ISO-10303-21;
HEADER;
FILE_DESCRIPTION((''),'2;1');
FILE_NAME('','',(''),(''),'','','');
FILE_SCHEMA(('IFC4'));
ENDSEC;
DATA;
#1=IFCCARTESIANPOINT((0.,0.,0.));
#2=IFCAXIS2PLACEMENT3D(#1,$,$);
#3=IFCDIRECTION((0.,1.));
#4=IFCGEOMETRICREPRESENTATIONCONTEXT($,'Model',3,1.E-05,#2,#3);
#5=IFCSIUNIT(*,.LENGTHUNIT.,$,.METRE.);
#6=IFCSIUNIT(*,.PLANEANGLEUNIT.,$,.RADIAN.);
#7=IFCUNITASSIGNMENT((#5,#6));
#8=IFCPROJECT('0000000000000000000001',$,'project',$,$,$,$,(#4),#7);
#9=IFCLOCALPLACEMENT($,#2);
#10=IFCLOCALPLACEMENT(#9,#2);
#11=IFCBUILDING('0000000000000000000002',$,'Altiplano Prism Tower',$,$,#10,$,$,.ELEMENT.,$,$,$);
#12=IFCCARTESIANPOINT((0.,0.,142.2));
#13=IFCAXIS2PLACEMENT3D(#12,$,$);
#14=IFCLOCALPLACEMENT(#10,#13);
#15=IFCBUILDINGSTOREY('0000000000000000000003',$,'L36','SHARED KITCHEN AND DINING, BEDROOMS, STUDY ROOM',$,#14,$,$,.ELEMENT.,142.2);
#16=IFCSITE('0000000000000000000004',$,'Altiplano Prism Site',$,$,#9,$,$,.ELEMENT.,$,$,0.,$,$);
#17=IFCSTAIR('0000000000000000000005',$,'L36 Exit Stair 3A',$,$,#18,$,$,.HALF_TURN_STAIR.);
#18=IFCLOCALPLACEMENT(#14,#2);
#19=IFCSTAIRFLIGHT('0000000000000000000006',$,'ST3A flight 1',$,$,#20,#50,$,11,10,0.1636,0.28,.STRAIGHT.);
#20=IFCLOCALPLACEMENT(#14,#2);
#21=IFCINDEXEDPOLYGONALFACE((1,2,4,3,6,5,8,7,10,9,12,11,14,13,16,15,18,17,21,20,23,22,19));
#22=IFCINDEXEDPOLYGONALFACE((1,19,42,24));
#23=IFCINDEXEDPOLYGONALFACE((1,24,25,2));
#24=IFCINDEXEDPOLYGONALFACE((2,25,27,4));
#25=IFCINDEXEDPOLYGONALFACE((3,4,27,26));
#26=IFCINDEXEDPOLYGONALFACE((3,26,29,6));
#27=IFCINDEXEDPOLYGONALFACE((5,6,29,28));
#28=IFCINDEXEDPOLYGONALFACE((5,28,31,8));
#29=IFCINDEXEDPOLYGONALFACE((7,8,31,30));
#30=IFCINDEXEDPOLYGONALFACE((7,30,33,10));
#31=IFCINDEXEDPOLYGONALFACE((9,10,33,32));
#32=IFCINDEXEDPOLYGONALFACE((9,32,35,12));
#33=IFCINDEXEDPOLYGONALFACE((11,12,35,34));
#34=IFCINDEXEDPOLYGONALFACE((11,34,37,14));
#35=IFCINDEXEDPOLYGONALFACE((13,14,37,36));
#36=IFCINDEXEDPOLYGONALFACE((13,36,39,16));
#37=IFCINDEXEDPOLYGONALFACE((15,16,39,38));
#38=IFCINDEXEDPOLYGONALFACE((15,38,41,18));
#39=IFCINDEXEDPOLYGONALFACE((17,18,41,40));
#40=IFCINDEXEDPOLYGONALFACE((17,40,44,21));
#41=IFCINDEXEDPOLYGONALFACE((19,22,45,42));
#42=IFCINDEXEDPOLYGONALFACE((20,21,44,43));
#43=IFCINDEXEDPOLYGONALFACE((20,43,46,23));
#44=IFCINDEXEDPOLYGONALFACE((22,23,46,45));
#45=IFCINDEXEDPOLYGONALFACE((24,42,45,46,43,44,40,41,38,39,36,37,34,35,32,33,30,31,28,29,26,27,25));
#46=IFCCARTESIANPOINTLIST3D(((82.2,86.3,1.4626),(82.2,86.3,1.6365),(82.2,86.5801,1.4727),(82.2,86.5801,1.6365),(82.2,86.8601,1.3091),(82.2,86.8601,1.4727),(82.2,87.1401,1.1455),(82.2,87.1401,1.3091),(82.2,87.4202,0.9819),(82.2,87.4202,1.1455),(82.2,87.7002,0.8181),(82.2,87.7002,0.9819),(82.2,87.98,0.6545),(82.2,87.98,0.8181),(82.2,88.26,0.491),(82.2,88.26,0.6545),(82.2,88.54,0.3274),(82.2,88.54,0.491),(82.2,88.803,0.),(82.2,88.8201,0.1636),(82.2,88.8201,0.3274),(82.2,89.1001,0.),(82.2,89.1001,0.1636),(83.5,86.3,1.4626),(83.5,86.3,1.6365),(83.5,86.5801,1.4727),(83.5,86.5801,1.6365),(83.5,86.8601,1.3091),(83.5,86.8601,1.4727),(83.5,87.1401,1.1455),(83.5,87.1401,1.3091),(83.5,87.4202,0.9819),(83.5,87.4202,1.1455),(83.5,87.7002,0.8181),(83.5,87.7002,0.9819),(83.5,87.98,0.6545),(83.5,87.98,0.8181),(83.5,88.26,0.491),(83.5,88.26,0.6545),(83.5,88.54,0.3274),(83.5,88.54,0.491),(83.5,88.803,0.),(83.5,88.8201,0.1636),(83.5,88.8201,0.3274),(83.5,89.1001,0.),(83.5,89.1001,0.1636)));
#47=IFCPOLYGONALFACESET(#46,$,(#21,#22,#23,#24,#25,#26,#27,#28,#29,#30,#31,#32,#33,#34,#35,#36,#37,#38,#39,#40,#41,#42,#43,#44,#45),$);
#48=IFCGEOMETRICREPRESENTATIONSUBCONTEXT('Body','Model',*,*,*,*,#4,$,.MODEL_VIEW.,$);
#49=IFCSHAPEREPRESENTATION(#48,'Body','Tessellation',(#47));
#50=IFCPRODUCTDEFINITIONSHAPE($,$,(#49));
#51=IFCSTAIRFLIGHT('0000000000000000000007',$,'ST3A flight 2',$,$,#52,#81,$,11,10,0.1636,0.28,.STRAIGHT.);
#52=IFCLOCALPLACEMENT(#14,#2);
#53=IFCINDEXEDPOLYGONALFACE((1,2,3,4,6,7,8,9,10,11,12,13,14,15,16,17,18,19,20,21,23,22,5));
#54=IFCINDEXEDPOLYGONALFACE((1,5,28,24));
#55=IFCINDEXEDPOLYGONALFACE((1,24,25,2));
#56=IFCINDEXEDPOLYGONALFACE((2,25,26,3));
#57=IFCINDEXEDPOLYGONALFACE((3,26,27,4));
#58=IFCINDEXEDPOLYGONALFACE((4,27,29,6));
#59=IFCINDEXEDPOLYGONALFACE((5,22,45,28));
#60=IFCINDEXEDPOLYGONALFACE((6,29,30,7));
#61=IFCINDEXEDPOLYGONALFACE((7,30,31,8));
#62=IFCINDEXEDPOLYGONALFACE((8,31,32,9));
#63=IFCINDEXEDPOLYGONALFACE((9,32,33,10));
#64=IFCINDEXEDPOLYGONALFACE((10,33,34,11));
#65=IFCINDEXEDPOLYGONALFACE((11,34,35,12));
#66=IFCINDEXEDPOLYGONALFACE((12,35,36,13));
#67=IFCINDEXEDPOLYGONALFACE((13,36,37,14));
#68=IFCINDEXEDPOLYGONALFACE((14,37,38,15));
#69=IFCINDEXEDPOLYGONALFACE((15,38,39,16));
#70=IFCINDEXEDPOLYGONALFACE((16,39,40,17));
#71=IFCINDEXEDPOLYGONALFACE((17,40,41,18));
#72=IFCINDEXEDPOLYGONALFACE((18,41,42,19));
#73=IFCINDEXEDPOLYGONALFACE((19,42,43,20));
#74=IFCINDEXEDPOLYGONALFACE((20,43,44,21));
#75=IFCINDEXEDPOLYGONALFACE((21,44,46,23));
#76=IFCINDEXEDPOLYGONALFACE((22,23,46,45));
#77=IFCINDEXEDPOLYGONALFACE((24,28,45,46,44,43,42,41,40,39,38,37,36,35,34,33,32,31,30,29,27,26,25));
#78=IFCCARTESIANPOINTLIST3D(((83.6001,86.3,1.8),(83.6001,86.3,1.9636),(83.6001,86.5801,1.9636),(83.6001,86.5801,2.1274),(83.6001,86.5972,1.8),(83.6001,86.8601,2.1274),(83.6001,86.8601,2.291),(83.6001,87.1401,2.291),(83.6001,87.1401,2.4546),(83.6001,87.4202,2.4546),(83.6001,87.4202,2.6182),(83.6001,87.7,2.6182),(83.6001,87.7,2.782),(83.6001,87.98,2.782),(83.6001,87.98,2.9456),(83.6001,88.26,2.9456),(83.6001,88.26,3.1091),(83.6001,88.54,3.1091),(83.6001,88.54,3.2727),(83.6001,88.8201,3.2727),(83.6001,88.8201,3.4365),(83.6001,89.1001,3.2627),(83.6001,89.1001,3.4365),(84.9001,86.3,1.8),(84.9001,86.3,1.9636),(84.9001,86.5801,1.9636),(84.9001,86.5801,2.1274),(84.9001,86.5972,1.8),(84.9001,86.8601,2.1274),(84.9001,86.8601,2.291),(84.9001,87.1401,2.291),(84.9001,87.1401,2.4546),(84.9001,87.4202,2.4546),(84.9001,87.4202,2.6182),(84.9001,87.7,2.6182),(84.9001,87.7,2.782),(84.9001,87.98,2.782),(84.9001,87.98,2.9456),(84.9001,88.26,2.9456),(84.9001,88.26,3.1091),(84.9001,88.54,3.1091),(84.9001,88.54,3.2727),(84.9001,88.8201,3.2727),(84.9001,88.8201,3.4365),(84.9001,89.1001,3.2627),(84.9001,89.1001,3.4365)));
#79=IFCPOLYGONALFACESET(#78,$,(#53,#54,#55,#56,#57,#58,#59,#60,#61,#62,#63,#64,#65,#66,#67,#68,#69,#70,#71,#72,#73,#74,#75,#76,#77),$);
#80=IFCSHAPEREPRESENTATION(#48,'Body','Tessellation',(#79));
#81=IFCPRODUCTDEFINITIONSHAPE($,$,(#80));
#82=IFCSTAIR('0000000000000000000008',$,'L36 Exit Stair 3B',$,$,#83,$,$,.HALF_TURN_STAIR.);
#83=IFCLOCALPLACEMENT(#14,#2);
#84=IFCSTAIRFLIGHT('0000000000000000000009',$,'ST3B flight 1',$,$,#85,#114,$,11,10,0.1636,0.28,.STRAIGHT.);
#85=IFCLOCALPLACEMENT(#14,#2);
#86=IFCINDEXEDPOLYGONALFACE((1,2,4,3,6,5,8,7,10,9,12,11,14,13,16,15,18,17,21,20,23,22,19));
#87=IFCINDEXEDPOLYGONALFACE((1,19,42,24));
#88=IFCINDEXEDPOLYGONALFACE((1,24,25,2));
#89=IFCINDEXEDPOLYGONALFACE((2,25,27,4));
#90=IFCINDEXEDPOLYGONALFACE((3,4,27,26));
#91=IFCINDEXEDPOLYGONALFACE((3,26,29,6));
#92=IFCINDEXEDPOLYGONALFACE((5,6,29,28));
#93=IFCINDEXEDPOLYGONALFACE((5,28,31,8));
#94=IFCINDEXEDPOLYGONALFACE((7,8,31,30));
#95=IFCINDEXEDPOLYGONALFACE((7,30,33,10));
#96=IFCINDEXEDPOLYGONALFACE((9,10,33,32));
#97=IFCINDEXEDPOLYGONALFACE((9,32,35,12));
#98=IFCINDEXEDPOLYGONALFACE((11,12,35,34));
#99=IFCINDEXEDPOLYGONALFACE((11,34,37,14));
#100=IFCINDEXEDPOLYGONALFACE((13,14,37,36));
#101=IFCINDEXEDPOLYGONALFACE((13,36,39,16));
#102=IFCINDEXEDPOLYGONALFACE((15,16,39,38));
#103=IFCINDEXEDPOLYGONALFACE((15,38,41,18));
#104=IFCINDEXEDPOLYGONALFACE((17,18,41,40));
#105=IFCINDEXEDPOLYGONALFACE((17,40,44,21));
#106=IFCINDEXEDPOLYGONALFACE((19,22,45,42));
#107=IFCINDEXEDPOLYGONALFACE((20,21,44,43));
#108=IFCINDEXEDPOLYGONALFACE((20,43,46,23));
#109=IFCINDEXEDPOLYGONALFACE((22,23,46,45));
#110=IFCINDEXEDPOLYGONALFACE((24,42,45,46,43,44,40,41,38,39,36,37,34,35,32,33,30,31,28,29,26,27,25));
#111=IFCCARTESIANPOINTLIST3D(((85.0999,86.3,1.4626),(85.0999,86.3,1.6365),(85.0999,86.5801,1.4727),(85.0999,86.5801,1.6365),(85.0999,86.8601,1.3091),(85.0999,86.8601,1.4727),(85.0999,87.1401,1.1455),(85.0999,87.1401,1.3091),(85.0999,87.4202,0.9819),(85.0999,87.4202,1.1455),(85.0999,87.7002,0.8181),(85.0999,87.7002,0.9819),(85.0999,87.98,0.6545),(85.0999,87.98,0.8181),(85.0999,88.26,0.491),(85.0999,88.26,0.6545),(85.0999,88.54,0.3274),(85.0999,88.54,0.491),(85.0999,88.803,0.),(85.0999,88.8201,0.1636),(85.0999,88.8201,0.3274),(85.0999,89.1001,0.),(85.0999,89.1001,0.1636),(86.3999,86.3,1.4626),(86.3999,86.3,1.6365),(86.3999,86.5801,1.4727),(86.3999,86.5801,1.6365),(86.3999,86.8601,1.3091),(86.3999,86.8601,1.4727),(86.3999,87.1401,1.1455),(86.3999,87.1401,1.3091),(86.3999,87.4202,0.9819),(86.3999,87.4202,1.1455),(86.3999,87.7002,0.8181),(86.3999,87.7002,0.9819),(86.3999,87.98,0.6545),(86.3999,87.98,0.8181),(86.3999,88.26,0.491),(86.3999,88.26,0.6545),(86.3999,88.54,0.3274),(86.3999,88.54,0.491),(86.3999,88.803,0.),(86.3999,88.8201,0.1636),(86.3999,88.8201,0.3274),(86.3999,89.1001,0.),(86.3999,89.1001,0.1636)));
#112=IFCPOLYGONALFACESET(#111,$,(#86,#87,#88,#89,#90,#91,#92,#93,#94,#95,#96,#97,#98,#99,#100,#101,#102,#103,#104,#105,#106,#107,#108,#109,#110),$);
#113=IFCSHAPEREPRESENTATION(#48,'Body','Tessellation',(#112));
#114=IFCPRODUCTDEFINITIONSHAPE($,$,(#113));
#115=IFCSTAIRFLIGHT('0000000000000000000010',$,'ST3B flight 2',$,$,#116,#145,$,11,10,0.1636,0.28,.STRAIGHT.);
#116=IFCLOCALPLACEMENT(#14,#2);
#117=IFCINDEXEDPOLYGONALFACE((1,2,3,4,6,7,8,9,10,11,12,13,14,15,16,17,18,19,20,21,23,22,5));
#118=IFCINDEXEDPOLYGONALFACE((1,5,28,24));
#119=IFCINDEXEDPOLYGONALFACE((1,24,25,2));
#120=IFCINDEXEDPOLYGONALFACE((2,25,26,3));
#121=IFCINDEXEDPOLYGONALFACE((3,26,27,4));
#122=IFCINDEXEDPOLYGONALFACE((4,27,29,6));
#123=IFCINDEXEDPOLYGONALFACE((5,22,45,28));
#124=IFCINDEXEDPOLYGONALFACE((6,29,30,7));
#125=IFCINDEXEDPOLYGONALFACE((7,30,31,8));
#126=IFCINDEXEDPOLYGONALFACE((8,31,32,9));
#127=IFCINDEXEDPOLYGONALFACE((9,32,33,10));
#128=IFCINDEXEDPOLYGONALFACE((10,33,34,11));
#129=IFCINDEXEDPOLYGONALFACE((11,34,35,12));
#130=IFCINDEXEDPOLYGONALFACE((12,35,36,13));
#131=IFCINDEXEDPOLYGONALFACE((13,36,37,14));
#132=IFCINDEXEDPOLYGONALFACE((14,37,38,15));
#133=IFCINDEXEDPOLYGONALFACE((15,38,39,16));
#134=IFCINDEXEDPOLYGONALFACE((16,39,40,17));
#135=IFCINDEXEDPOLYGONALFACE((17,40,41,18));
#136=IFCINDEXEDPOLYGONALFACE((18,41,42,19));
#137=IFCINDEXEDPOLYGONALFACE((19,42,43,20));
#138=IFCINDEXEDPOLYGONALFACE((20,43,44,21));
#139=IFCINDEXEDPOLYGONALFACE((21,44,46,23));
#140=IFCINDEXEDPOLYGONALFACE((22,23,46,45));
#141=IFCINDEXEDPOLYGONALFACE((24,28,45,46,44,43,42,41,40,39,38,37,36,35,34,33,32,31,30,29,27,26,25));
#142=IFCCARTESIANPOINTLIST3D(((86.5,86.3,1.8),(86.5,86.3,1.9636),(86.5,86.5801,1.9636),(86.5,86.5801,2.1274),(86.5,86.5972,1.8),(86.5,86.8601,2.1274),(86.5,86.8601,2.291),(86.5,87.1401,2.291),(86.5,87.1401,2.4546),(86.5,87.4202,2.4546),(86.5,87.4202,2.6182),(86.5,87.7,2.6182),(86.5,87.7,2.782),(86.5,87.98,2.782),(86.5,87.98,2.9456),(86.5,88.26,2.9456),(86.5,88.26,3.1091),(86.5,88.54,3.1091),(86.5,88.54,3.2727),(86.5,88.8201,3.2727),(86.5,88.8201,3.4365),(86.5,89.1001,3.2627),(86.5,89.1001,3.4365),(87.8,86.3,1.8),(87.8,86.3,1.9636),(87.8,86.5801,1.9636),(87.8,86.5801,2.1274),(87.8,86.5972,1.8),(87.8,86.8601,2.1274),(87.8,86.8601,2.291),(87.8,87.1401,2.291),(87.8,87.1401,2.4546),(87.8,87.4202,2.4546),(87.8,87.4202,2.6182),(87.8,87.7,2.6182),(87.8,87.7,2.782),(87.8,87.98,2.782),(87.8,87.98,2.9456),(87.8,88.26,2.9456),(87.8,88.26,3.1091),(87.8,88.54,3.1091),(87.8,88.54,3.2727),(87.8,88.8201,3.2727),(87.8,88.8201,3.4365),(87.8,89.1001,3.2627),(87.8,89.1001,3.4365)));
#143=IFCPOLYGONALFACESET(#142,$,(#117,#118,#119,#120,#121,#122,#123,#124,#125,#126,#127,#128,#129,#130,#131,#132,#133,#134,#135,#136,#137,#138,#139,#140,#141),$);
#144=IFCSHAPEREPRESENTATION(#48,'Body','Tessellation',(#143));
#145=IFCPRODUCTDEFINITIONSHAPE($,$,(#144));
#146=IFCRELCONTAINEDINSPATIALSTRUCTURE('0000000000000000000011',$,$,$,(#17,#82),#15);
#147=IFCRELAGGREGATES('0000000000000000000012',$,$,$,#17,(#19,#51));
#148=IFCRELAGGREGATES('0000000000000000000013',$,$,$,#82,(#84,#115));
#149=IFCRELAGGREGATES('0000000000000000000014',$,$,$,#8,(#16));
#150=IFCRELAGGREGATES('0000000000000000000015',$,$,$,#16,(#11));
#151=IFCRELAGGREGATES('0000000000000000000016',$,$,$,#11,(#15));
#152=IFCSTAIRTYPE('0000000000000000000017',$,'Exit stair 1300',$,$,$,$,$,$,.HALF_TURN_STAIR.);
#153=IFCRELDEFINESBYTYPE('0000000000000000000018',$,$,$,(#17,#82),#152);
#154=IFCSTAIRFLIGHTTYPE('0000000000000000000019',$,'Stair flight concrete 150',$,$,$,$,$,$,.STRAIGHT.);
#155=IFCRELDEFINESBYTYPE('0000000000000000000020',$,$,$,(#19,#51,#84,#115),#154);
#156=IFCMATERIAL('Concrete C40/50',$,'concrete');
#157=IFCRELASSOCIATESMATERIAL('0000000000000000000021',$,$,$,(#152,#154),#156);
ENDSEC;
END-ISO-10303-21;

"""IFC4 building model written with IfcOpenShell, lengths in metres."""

from ifc_helpers import new_model, si_unit, direction, frame, origin, place, context, subcontext, project, spatial, polyline, outline, extrude, material, type_object, element, aggregate, save


model = new_model("IFC4")

# Units and contexts
model_context = context("Model", 3, precision=1e-05, world=origin(), true_north=direction((0.0, 1.0)))
body_context = subcontext(model_context, "Body", "Model", "MODEL_VIEW")
ifc_project = project(units=[si_unit("LENGTHUNIT", "METRE"), si_unit("PLANEANGLEUNIT", "RADIAN")], contexts=[model_context])

# Site, building, storey
site_placement = place(None, origin())
site = spatial("IfcSite", under=ifc_project, at=site_placement, Name="Altiplano Prism Site", CompositionType="ELEMENT", RefElevation=0.0)
building_placement = place(site_placement, origin())
building = spatial("IfcBuilding", under=site, at=building_placement, Name="Altiplano Prism Tower", CompositionType="ELEMENT")
storey_placement = place(building_placement, frame((0.0, 0.0, 142.2)))
storey = spatial("IfcBuildingStorey", under=building, at=storey_placement, Name="L36", Description="SHARED KITCHEN AND DINING, BEDROOMS, STUDY ROOM", CompositionType="ELEMENT", Elevation=142.2)

# Stairs, stair flights
ifc_material_1 = material(Name="Concrete C40/50", Category="concrete")
stair_type = type_object("IfcStairType", Name="Exit stair 1300", PredefinedType="HALF_TURN_STAIR", material=ifc_material_1)
stair_1_placement = place(storey_placement, origin())
stair_1 = element("IfcStair", 1, at=stair_1_placement, inside=storey, type_object=stair_type, Name="L36 Exit Stair 3A", PredefinedType="HALF_TURN_STAIR")
stair_flight_type = type_object("IfcStairFlightType", Name="Stair flight concrete 150", PredefinedType="STRAIGHT", material=ifc_material_1)
stair_flight_1_placement = place(storey_placement, frame((82.8501, 89.1001, 0.0), z_axis=(0.0, 0.0, 1.0), x_axis=(0.0, -1.0, 0.0)))
stair_flight_1 = element("IfcStairFlight", 2, at=stair_flight_1_placement, type_object=stair_flight_type, Name="ST3A flight 1", NumberOfRisers=11, NumberOfTreads=10, PredefinedType="STRAIGHT", RiserHeight=0.1636, TreadLength=0.28, context=body_context, shape_type="SweptSolid", body=[
    extrude(outline(polyline([(0.0, 0.0), (0.0, 0.1636), (0.28, 0.1636), (0.28, 0.3274), (0.5601, 0.3274), (0.5601, 0.491), (0.8401, 0.491), (0.8401, 0.6545), (1.1201, 0.6545), (1.1201, 0.8181), (1.3999, 0.8181), (1.3999, 0.9819), (1.6799, 0.9819), (1.6799, 1.1455), (1.96, 1.1455), (1.96, 1.3091), (2.24, 1.3091), (2.24, 1.4727), (2.52, 1.4727), (2.52, 1.6365), (2.8, 1.6365), (2.8, 1.8), (2.8, 1.4626), (0.2971, 0.0), (0.0, 0.0)])), frame((0.0, 0.6499, 0.0), z_axis=(0.0, -1.0, 0.0), x_axis=(1.0, 0.0, 0.0)), (0.0, 0.0, 1.0), 1.3),
])
stair_flight_2_placement = place(storey_placement, frame((84.25, 86.3, 1.8), z_axis=(0.0, 0.0, 1.0), x_axis=(0.0, 1.0, 0.0)))
stair_flight_2 = element("IfcStairFlight", 3, at=stair_flight_2_placement, type_object=stair_flight_type, Name="ST3A flight 2", NumberOfRisers=11, NumberOfTreads=10, PredefinedType="STRAIGHT", RiserHeight=0.1636, TreadLength=0.28, context=body_context, shape_type="SweptSolid", body=[
    extrude(outline(polyline([(0.0, 0.0), (0.0, 0.1636), (0.28, 0.1636), (0.28, 0.3274), (0.5601, 0.3274), (0.5601, 0.491), (0.8401, 0.491), (0.8401, 0.6545), (1.1201, 0.6545), (1.1201, 0.8181), (1.3999, 0.8181), (1.3999, 0.9819), (1.6799, 0.9819), (1.6799, 1.1455), (1.96, 1.1455), (1.96, 1.3091), (2.24, 1.3091), (2.24, 1.4727), (2.52, 1.4727), (2.52, 1.6365), (2.8, 1.6365), (2.8, 1.8), (2.8, 1.4626), (0.2971, 0.0), (0.0, 0.0)])), frame((0.0, 0.6499, 0.0), z_axis=(0.0, -1.0, 0.0), x_axis=(1.0, 0.0, 0.0)), (0.0, 0.0, 1.0), 1.3),
])
aggregate(stair_1, [stair_flight_1, stair_flight_2])
stair_2_placement = place(storey_placement, origin())
stair_2 = element("IfcStair", 4, at=stair_2_placement, inside=storey, type_object=stair_type, Name="L36 Exit Stair 3B", PredefinedType="HALF_TURN_STAIR")
stair_flight_3_placement = place(storey_placement, frame((85.75, 89.1001, 0.0), z_axis=(0.0, 0.0, 1.0), x_axis=(0.0, -1.0, 0.0)))
stair_flight_3 = element("IfcStairFlight", 5, at=stair_flight_3_placement, type_object=stair_flight_type, Name="ST3B flight 1", NumberOfRisers=11, NumberOfTreads=10, PredefinedType="STRAIGHT", RiserHeight=0.1636, TreadLength=0.28, context=body_context, shape_type="SweptSolid", body=[
    extrude(outline(polyline([(0.0, 0.0), (0.0, 0.1636), (0.28, 0.1636), (0.28, 0.3274), (0.5601, 0.3274), (0.5601, 0.491), (0.8401, 0.491), (0.8401, 0.6545), (1.1201, 0.6545), (1.1201, 0.8181), (1.3999, 0.8181), (1.3999, 0.9819), (1.6799, 0.9819), (1.6799, 1.1455), (1.96, 1.1455), (1.96, 1.3091), (2.24, 1.3091), (2.24, 1.4727), (2.52, 1.4727), (2.52, 1.6365), (2.8, 1.6365), (2.8, 1.8), (2.8, 1.4626), (0.2971, 0.0), (0.0, 0.0)])), frame((0.0, 0.6499, 0.0), z_axis=(0.0, -1.0, 0.0), x_axis=(1.0, 0.0, 0.0)), (0.0, 0.0, 1.0), 1.3),
])
stair_flight_4_placement = place(storey_placement, frame((87.1499, 86.3, 1.8), z_axis=(0.0, 0.0, 1.0), x_axis=(0.0, 1.0, 0.0)))
stair_flight_4 = element("IfcStairFlight", 6, at=stair_flight_4_placement, type_object=stair_flight_type, Name="ST3B flight 2", NumberOfRisers=11, NumberOfTreads=10, PredefinedType="STRAIGHT", RiserHeight=0.1636, TreadLength=0.28, context=body_context, shape_type="SweptSolid", body=[
    extrude(outline(polyline([(0.0, 0.0), (0.0, 0.1636), (0.28, 0.1636), (0.28, 0.3274), (0.5601, 0.3274), (0.5601, 0.491), (0.8401, 0.491), (0.8401, 0.6545), (1.1201, 0.6545), (1.1201, 0.8181), (1.3999, 0.8181), (1.3999, 0.9819), (1.6799, 0.9819), (1.6799, 1.1455), (1.96, 1.1455), (1.96, 1.3091), (2.24, 1.3091), (2.24, 1.4727), (2.52, 1.4727), (2.52, 1.6365), (2.8, 1.6365), (2.8, 1.8), (2.8, 1.4626), (0.2971, 0.0), (0.0, 0.0)])), frame((0.0, 0.6499, 0.0), z_axis=(0.0, -1.0, 0.0), x_axis=(1.0, 0.0, 0.0)), (0.0, 0.0, 1.0), 1.3),
])
aggregate(stair_2, [stair_flight_3, stair_flight_4])

save(model, "model.ifc")
